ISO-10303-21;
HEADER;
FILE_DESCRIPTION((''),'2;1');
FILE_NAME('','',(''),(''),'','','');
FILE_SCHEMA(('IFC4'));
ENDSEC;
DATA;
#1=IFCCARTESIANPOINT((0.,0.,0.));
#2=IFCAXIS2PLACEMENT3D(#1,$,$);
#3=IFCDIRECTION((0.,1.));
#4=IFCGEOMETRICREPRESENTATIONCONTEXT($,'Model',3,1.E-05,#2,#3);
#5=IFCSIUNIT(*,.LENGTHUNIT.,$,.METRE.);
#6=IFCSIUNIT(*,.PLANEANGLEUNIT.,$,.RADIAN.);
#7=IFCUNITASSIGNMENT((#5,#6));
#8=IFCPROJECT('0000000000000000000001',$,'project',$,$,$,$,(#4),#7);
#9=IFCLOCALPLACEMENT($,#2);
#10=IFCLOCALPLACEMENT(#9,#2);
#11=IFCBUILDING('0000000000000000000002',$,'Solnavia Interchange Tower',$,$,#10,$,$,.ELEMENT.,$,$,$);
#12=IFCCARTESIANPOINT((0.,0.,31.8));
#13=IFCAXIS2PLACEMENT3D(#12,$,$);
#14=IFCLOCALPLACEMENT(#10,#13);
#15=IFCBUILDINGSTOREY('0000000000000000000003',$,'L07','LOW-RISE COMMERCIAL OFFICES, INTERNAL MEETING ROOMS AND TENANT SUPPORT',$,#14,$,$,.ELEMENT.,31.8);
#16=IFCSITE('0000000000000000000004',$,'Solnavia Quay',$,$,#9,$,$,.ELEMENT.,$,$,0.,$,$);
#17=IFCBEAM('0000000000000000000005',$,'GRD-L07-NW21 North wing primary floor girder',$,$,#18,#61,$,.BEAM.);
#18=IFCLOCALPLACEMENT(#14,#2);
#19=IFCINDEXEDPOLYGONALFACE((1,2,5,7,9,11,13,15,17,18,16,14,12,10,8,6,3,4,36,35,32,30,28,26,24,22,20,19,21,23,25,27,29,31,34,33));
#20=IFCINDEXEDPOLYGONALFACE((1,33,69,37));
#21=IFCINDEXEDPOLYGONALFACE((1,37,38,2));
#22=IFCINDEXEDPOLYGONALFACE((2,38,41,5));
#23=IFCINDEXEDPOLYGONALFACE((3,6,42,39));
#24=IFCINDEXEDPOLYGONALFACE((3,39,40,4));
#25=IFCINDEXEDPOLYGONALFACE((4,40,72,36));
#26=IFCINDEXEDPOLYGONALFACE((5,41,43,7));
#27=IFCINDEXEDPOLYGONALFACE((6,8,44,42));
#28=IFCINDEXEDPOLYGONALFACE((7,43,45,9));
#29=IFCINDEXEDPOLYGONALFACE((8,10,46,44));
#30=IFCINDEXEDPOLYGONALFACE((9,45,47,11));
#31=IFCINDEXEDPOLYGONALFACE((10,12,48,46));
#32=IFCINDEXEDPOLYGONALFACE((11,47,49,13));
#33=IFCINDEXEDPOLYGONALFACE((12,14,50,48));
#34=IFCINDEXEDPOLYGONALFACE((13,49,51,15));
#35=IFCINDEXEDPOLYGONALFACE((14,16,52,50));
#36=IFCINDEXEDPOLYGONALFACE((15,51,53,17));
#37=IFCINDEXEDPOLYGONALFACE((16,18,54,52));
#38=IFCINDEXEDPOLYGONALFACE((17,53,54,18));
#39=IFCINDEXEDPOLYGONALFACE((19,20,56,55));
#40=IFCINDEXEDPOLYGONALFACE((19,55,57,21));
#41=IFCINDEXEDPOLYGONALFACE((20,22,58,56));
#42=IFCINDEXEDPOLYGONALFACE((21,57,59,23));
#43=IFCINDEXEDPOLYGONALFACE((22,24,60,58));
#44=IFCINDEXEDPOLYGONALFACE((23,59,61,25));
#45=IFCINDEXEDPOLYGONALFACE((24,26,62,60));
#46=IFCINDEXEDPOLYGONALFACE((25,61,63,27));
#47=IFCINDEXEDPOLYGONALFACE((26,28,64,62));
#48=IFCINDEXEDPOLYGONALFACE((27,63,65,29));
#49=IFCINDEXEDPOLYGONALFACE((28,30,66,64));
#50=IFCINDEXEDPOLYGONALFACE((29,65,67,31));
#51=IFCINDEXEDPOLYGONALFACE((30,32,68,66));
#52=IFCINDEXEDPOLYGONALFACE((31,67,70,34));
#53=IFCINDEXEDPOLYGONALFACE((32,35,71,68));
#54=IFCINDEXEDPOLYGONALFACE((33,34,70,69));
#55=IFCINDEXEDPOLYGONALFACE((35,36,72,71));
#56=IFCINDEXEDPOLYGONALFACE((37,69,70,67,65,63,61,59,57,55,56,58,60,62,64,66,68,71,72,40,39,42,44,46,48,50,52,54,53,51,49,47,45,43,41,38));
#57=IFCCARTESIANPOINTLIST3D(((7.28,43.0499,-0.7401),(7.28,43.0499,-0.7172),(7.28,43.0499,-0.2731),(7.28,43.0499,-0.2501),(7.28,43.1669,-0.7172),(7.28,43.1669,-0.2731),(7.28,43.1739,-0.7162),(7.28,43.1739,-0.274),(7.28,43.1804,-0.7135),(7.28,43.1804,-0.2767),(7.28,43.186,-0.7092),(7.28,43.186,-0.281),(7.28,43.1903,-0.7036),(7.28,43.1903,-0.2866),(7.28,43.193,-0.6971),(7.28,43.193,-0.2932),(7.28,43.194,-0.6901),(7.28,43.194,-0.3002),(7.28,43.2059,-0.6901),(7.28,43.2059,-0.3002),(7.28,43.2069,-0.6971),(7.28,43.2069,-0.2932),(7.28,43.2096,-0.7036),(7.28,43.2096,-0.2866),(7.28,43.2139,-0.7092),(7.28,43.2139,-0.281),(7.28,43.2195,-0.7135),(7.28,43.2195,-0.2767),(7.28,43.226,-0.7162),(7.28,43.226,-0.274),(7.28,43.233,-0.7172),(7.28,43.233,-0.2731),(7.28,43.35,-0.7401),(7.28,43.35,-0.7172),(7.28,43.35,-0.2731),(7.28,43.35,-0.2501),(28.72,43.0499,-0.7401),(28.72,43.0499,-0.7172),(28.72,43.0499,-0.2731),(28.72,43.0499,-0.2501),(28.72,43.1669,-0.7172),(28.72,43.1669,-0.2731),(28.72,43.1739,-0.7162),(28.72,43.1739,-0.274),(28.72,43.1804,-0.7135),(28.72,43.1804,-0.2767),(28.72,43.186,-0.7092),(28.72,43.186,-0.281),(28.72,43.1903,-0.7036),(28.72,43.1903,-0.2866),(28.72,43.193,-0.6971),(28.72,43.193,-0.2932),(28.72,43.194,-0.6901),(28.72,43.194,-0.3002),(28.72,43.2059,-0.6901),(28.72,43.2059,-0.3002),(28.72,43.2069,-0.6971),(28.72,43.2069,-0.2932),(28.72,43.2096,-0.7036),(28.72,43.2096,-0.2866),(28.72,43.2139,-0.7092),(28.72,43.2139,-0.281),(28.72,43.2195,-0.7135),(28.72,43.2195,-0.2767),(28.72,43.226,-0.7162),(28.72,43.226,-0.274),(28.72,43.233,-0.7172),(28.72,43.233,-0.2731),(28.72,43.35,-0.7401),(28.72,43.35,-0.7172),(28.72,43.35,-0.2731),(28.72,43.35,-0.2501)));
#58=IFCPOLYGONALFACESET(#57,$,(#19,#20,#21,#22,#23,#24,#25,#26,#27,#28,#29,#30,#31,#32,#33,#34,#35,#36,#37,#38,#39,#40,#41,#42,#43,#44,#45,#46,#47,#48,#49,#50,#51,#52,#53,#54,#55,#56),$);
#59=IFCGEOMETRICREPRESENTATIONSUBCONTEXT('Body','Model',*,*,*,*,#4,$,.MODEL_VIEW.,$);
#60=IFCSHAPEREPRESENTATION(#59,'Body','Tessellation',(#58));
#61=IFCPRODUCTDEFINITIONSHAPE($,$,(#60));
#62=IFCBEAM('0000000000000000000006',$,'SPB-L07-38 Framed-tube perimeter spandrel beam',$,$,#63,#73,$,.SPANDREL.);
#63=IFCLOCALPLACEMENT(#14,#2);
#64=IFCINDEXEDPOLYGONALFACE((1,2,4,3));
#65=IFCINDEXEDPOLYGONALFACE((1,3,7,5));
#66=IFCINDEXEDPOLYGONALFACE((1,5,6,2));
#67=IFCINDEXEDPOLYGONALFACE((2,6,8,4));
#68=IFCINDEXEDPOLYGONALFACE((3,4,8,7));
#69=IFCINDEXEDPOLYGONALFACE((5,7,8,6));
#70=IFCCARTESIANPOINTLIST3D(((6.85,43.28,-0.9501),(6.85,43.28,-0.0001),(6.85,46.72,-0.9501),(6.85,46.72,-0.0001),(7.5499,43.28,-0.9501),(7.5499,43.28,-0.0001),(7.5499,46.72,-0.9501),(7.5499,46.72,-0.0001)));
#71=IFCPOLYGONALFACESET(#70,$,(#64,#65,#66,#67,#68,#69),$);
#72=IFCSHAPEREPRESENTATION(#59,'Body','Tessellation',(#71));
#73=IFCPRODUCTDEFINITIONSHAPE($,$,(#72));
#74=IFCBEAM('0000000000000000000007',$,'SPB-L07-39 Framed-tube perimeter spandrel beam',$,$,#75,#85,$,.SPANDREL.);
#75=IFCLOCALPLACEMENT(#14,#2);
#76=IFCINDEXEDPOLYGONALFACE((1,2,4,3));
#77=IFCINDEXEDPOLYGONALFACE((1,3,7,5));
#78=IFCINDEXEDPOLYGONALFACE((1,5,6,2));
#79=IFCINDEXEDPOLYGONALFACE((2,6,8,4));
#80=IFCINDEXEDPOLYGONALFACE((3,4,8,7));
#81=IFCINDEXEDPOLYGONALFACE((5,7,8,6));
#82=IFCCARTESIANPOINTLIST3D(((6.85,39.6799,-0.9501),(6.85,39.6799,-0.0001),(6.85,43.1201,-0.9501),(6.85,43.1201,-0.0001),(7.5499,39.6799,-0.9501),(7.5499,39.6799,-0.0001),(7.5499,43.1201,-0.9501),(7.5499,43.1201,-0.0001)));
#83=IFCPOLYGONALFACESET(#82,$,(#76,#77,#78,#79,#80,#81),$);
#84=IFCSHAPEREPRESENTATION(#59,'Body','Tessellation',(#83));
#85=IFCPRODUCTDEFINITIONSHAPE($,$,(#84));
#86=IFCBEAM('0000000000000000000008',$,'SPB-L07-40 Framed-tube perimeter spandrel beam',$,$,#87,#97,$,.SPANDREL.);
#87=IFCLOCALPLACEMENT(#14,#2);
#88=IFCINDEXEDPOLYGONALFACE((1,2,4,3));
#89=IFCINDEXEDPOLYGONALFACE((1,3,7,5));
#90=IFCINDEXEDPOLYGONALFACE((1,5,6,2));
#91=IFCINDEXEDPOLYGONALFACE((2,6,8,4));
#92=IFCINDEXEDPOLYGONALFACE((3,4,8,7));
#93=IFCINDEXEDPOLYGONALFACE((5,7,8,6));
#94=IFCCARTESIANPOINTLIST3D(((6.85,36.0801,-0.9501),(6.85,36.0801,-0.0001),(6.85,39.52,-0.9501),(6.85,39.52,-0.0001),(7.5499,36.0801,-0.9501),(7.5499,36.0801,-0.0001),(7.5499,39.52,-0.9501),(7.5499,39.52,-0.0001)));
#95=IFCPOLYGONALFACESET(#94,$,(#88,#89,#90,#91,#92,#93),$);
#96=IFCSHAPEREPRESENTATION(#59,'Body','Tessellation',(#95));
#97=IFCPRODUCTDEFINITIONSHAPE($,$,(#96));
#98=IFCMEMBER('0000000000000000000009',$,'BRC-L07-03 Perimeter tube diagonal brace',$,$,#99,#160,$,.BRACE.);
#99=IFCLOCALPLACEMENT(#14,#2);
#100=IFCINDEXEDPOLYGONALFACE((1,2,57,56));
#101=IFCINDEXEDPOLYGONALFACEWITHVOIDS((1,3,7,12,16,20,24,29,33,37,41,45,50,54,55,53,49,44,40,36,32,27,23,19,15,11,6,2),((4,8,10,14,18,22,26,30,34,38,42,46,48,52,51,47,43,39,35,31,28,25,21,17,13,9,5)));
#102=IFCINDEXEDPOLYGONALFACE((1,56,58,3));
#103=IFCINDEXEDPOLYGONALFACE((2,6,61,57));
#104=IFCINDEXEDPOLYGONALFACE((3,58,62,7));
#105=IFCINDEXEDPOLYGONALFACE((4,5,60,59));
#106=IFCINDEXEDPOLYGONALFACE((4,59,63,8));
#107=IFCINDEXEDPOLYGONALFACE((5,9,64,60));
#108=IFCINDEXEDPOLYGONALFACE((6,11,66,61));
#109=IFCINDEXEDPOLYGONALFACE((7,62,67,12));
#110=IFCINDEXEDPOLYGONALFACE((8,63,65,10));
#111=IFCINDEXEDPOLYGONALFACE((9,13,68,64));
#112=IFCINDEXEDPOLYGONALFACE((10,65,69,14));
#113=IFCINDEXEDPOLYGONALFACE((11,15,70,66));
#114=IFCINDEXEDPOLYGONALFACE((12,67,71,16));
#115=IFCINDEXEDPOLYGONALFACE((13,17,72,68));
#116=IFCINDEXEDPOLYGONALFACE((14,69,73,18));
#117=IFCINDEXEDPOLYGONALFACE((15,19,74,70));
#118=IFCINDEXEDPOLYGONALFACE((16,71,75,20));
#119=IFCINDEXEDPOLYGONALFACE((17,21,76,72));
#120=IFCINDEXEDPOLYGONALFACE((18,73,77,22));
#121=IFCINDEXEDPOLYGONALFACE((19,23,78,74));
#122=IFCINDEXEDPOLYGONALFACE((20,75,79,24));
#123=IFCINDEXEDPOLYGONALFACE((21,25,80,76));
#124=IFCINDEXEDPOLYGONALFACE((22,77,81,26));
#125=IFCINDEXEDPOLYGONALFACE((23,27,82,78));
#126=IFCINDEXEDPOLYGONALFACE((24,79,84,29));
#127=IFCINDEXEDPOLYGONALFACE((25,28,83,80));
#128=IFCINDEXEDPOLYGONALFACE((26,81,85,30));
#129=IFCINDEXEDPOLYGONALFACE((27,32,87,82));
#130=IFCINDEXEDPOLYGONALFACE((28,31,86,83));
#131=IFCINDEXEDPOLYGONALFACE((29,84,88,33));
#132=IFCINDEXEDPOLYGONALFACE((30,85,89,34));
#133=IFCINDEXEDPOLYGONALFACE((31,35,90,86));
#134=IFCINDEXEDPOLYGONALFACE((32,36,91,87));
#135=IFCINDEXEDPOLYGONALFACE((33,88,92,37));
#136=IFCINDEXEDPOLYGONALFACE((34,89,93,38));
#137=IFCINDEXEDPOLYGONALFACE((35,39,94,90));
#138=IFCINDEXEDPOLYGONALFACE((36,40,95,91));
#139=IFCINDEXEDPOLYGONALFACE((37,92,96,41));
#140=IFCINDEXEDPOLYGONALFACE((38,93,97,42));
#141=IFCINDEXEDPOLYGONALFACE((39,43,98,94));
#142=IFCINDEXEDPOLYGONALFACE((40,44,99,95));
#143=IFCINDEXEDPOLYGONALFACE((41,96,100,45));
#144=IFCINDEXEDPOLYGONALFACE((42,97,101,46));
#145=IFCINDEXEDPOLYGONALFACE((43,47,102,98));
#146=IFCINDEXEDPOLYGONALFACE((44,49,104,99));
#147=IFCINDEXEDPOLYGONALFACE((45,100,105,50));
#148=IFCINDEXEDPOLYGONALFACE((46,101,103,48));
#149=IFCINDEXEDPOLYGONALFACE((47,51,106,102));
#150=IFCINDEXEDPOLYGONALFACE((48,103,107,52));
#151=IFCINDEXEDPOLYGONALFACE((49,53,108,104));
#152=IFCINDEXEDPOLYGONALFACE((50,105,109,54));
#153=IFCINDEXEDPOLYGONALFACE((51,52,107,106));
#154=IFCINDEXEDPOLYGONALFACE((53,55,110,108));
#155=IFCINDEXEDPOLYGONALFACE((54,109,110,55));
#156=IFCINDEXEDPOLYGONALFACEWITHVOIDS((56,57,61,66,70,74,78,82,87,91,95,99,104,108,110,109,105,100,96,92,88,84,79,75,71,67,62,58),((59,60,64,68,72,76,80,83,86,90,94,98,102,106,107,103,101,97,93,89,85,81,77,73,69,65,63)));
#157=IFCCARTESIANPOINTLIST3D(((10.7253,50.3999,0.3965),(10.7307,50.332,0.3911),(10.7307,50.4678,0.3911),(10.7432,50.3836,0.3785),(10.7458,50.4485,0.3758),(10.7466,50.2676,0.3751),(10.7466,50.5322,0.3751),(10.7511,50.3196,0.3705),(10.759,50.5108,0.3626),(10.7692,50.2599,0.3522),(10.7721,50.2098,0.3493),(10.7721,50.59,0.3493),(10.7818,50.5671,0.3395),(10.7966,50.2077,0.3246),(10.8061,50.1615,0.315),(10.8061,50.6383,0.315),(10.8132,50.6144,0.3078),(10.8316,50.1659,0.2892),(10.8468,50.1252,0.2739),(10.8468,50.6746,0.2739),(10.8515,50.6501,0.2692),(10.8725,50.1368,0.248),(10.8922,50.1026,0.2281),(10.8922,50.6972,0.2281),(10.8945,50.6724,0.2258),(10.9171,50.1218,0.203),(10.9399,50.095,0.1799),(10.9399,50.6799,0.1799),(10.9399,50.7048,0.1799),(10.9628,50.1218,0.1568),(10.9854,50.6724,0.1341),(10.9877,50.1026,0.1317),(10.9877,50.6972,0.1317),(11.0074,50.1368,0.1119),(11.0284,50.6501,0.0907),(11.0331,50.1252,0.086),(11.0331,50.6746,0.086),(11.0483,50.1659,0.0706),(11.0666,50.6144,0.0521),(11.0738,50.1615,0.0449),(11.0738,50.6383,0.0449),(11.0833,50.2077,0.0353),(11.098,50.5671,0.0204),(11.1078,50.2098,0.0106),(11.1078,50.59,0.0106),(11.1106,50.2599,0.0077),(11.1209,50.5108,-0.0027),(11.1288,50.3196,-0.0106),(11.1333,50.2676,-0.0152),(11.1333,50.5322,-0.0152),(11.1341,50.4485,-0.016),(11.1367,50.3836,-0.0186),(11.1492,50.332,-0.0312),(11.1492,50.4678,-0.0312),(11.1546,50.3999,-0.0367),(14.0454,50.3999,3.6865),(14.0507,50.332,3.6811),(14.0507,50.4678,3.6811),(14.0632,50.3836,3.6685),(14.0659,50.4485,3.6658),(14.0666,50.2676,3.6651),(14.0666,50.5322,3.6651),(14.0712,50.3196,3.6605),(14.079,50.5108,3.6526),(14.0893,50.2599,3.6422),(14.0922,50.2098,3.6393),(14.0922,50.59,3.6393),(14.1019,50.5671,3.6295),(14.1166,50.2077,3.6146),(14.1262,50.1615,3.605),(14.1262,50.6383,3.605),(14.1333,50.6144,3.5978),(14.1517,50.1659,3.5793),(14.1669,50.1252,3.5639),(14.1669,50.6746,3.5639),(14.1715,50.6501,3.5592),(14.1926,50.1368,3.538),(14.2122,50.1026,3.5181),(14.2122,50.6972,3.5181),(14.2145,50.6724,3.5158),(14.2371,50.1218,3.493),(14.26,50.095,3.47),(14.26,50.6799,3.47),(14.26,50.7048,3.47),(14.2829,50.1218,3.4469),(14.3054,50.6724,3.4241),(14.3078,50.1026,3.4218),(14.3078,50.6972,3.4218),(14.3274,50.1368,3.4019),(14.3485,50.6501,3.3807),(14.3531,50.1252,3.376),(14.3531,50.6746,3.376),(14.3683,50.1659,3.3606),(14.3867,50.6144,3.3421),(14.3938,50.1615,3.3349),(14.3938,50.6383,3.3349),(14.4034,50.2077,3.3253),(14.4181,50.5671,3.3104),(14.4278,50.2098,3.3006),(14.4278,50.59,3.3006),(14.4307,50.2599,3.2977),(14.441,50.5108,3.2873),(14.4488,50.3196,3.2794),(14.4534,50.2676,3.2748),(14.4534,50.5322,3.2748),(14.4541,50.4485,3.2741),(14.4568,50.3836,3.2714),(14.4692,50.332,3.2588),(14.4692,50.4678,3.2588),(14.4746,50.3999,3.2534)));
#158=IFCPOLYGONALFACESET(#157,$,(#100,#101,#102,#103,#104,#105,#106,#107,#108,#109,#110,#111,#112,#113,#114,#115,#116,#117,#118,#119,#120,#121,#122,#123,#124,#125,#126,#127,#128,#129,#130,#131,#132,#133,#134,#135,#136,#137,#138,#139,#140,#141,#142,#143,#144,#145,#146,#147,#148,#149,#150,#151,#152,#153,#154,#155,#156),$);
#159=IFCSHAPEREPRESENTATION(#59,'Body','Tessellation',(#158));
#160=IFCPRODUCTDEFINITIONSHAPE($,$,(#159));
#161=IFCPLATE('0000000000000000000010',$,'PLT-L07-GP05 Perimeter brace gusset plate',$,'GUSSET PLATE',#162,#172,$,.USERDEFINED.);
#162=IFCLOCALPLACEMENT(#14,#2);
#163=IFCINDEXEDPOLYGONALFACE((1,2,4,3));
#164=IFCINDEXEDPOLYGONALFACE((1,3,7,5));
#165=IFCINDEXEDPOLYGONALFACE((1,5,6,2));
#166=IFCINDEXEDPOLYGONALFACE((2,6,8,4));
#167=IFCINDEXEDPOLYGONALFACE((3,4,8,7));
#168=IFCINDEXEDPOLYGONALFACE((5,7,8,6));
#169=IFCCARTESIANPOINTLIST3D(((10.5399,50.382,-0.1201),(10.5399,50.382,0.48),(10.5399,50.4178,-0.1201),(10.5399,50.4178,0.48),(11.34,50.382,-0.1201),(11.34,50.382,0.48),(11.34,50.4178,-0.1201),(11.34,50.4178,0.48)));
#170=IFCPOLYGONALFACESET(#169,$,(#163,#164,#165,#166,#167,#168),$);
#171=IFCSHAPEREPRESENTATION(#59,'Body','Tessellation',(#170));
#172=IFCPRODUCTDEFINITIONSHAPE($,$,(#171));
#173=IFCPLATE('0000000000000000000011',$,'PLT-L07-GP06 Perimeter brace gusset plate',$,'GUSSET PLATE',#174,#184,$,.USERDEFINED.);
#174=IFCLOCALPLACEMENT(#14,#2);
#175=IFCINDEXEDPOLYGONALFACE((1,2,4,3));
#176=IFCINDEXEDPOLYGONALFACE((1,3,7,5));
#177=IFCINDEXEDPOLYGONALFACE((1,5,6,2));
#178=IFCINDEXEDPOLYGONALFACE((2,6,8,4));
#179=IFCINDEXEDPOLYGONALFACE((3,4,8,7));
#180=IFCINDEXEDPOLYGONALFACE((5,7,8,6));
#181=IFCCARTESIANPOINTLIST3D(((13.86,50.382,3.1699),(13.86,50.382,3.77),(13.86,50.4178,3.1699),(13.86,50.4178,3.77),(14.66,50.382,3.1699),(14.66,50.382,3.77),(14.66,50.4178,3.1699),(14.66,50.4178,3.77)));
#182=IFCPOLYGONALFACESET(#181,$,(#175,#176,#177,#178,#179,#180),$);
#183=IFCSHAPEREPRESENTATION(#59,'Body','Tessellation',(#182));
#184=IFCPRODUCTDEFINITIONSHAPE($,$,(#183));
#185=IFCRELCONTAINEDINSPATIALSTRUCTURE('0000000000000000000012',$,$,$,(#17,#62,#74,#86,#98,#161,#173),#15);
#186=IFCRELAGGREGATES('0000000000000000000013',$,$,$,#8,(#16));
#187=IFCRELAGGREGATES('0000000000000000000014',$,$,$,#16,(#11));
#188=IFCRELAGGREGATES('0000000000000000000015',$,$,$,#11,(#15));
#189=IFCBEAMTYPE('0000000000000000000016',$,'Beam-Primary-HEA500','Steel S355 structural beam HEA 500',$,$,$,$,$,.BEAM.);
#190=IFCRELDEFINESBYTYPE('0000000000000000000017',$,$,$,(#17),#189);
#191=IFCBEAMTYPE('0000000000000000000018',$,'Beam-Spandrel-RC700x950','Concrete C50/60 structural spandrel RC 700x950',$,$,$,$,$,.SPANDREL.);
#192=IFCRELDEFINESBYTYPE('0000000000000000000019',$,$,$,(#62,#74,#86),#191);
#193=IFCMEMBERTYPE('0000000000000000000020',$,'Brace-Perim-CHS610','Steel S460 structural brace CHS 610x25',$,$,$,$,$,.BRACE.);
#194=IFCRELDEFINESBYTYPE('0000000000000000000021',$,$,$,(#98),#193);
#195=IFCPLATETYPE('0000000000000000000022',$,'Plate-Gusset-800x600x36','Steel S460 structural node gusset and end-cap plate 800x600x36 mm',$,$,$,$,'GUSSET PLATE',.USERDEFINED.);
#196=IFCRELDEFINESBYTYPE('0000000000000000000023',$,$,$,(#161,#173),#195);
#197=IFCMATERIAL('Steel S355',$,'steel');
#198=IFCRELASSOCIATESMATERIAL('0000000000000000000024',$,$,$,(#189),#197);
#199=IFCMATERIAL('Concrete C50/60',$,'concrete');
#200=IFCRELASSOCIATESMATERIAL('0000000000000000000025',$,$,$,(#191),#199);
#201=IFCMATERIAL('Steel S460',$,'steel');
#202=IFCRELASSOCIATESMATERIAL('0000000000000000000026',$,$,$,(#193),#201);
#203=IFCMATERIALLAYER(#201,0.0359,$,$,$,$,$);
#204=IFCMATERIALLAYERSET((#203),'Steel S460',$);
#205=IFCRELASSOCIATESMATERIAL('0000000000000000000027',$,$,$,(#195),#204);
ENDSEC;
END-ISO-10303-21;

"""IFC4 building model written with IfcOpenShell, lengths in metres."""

from ifc_helpers import new_model, si_unit, direction, frame, origin, origin_2d, place, context, subcontext, project, spatial, rectangle, hollow_circle, i_section, extrude, material, layer, layer_set, material_profile, profile_set, type_object, element, save


model = new_model("IFC4")

# Units and contexts
model_context = context("Model", 3, precision=1e-05, world=origin(), true_north=direction((0.0, 1.0)))
body_context = subcontext(model_context, "Body", "Model", "MODEL_VIEW")
ifc_project = project(units=[si_unit("LENGTHUNIT", "METRE"), si_unit("PLANEANGLEUNIT", "RADIAN")], contexts=[model_context])

# Site, building, storey
site_placement = place(None, origin())
site = spatial("IfcSite", under=ifc_project, at=site_placement, Name="Solnavia Quay", CompositionType="ELEMENT", RefElevation=0.0)
building_placement = place(site_placement, origin())
building = spatial("IfcBuilding", under=site, at=building_placement, Name="Solnavia Interchange Tower", CompositionType="ELEMENT")
storey_placement = place(building_placement, frame((0.0, 0.0, 31.8)))
storey = spatial("IfcBuildingStorey", under=building, at=storey_placement, Name="L07", Description="LOW-RISE COMMERCIAL OFFICES, INTERNAL MEETING ROOMS AND TENANT SUPPORT", CompositionType="ELEMENT", Elevation=31.8)

# Beams
ifc_material_1 = material(Name="Steel S460", Category="steel")
ifc_material_2 = material(Name="Steel S355", Category="steel")
ifc_material_profile_1 = material_profile(ifc_material_2, i_section(OverallWidth=0.3, OverallDepth=0.49, WebThickness=0.012, FlangeThickness=0.0229, FilletRadius=0.0271, at=origin_2d()), Name="HEA 500")
ifc_profile_set_1 = profile_set([ifc_material_profile_1], Name="Steel S355")
beam_type_1 = type_object("IfcBeamType", Name="Beam-Primary-HEA500", Description="Steel S355 structural beam HEA 500", PredefinedType="BEAM", material=ifc_profile_set_1)
beam_1_placement = place(storey_placement, frame((7.28, 43.2, -0.4951), z_axis=(1.0, 0.0, 0.0), x_axis=(0.0, 1.0, 0.0)))
element("IfcBeam", 1, at=beam_1_placement, inside=storey, type_object=beam_type_1, Name="GRD-L07-NW21 North wing primary floor girder", PredefinedType="BEAM", context=body_context, shape_type="SweptSolid", body=[
    extrude(i_section(OverallWidth=0.3, OverallDepth=0.49, WebThickness=0.012, FlangeThickness=0.0229, FilletRadius=0.0271, at=origin_2d()), origin(), (0.0, 0.0, 1.0), 21.4399),
])
ifc_material_3 = material(Name="Concrete C50/60", Category="concrete")
ifc_material_profile_2 = material_profile(ifc_material_3, rectangle(XDim=0.7, YDim=0.95, at=origin_2d()), Name="RC 700x950")
ifc_profile_set_2 = profile_set([ifc_material_profile_2], Name="Concrete C50/60")
beam_type_2 = type_object("IfcBeamType", Name="Beam-Spandrel-RC700x950", Description="Concrete C50/60 structural spandrel RC 700x950", PredefinedType="SPANDREL", material=ifc_profile_set_2)
beam_2_placement = place(storey_placement, frame((7.2, 46.72, -0.4751), z_axis=(0.0, -1.0, 0.0), x_axis=(1.0, 0.0, 0.0)))
element("IfcBeam", 2, at=beam_2_placement, inside=storey, type_object=beam_type_2, Name="SPB-L07-38 Framed-tube perimeter spandrel beam", PredefinedType="SPANDREL", context=body_context, shape_type="SweptSolid", body=[
    extrude(rectangle(XDim=0.7, YDim=0.95, at=origin_2d()), origin(), (0.0, 0.0, 1.0), 3.4399),
])
beam_3_placement = place(storey_placement, frame((7.2, 43.1201, -0.4751), z_axis=(0.0, -1.0, 0.0), x_axis=(1.0, 0.0, 0.0)))
element("IfcBeam", 3, at=beam_3_placement, inside=storey, type_object=beam_type_2, Name="SPB-L07-39 Framed-tube perimeter spandrel beam", PredefinedType="SPANDREL", context=body_context, shape_type="SweptSolid", body=[
    extrude(rectangle(XDim=0.7, YDim=0.95, at=origin_2d()), origin(), (0.0, 0.0, 1.0), 3.4402),
])
beam_4_placement = place(storey_placement, frame((7.2, 39.52, -0.4751), z_axis=(0.0, -1.0, 0.0), x_axis=(1.0, 0.0, 0.0)))
element("IfcBeam", 4, at=beam_4_placement, inside=storey, type_object=beam_type_2, Name="SPB-L07-40 Framed-tube perimeter spandrel beam", PredefinedType="SPANDREL", context=body_context, shape_type="SweptSolid", body=[
    extrude(rectangle(XDim=0.7, YDim=0.95, at=origin_2d()), origin(), (0.0, 0.0, 1.0), 3.4399),
])

# Member
ifc_material_profile_3 = material_profile(ifc_material_1, hollow_circle(Radius=0.3049, WallThickness=0.0249, at=origin_2d()), Name="CHS 610x25")
ifc_profile_set_3 = profile_set([ifc_material_profile_3], Name="Steel S460")
member_type = type_object("IfcMemberType", Name="Brace-Perim-CHS610", Description="Steel S460 structural brace CHS 610x25", PredefinedType="BRACE", material=ifc_profile_set_3)
member_placement = place(storey_placement, frame((10.9399, 50.3999, 0.1799), z_axis=(0.710312, 0.0, 0.703887), x_axis=(0.0, 1.0, 0.0)))
element("IfcMember", 5, at=member_placement, inside=storey, type_object=member_type, Name="BRC-L07-03 Perimeter tube diagonal brace", PredefinedType="BRACE", context=body_context, shape_type="SweptSolid", body=[
    extrude(hollow_circle(Radius=0.3049, WallThickness=0.0249, at=origin_2d()), origin(), (0.0, 0.0, 1.0), 4.6741),
])

# Plates
ifc_layer_1 = layer(ifc_material_1, 0.0359)
ifc_layer_set_1 = layer_set([ifc_layer_1], Name="Steel S460")
plate_type = type_object("IfcPlateType", Name="Plate-Gusset-800x600x36", Description="Steel S460 structural node gusset and end-cap plate 800x600x36 mm", ElementType="GUSSET PLATE", PredefinedType="USERDEFINED", material=ifc_layer_set_1)
for number, where, z_axis, x_axis, name in (
    (6, (10.9399, 50.3999, -0.1201), (0.0, 0.0, 1.0), (1.0, 0.0, 0.0), "PLT-L07-GP05 Perimeter brace gusset plate"),
    (7, (14.26, 50.3999, 3.1699), (0.0, 0.0, 1.0), (1.0, 0.0, 0.0), "PLT-L07-GP06 Perimeter brace gusset plate"),
):
    element("IfcPlate", number, at=place(storey_placement, frame(where, z_axis=z_axis, x_axis=x_axis)), inside=storey, type_object=plate_type, Name=name, ObjectType="GUSSET PLATE", PredefinedType="USERDEFINED", context=body_context, shape_type="SweptSolid", body=[
        extrude(rectangle(XDim=0.8, YDim=0.0359, at=origin_2d()), origin(), (0.0, 0.0, 1.0), 0.6001),
    ])

save(model, "model.ifc")
